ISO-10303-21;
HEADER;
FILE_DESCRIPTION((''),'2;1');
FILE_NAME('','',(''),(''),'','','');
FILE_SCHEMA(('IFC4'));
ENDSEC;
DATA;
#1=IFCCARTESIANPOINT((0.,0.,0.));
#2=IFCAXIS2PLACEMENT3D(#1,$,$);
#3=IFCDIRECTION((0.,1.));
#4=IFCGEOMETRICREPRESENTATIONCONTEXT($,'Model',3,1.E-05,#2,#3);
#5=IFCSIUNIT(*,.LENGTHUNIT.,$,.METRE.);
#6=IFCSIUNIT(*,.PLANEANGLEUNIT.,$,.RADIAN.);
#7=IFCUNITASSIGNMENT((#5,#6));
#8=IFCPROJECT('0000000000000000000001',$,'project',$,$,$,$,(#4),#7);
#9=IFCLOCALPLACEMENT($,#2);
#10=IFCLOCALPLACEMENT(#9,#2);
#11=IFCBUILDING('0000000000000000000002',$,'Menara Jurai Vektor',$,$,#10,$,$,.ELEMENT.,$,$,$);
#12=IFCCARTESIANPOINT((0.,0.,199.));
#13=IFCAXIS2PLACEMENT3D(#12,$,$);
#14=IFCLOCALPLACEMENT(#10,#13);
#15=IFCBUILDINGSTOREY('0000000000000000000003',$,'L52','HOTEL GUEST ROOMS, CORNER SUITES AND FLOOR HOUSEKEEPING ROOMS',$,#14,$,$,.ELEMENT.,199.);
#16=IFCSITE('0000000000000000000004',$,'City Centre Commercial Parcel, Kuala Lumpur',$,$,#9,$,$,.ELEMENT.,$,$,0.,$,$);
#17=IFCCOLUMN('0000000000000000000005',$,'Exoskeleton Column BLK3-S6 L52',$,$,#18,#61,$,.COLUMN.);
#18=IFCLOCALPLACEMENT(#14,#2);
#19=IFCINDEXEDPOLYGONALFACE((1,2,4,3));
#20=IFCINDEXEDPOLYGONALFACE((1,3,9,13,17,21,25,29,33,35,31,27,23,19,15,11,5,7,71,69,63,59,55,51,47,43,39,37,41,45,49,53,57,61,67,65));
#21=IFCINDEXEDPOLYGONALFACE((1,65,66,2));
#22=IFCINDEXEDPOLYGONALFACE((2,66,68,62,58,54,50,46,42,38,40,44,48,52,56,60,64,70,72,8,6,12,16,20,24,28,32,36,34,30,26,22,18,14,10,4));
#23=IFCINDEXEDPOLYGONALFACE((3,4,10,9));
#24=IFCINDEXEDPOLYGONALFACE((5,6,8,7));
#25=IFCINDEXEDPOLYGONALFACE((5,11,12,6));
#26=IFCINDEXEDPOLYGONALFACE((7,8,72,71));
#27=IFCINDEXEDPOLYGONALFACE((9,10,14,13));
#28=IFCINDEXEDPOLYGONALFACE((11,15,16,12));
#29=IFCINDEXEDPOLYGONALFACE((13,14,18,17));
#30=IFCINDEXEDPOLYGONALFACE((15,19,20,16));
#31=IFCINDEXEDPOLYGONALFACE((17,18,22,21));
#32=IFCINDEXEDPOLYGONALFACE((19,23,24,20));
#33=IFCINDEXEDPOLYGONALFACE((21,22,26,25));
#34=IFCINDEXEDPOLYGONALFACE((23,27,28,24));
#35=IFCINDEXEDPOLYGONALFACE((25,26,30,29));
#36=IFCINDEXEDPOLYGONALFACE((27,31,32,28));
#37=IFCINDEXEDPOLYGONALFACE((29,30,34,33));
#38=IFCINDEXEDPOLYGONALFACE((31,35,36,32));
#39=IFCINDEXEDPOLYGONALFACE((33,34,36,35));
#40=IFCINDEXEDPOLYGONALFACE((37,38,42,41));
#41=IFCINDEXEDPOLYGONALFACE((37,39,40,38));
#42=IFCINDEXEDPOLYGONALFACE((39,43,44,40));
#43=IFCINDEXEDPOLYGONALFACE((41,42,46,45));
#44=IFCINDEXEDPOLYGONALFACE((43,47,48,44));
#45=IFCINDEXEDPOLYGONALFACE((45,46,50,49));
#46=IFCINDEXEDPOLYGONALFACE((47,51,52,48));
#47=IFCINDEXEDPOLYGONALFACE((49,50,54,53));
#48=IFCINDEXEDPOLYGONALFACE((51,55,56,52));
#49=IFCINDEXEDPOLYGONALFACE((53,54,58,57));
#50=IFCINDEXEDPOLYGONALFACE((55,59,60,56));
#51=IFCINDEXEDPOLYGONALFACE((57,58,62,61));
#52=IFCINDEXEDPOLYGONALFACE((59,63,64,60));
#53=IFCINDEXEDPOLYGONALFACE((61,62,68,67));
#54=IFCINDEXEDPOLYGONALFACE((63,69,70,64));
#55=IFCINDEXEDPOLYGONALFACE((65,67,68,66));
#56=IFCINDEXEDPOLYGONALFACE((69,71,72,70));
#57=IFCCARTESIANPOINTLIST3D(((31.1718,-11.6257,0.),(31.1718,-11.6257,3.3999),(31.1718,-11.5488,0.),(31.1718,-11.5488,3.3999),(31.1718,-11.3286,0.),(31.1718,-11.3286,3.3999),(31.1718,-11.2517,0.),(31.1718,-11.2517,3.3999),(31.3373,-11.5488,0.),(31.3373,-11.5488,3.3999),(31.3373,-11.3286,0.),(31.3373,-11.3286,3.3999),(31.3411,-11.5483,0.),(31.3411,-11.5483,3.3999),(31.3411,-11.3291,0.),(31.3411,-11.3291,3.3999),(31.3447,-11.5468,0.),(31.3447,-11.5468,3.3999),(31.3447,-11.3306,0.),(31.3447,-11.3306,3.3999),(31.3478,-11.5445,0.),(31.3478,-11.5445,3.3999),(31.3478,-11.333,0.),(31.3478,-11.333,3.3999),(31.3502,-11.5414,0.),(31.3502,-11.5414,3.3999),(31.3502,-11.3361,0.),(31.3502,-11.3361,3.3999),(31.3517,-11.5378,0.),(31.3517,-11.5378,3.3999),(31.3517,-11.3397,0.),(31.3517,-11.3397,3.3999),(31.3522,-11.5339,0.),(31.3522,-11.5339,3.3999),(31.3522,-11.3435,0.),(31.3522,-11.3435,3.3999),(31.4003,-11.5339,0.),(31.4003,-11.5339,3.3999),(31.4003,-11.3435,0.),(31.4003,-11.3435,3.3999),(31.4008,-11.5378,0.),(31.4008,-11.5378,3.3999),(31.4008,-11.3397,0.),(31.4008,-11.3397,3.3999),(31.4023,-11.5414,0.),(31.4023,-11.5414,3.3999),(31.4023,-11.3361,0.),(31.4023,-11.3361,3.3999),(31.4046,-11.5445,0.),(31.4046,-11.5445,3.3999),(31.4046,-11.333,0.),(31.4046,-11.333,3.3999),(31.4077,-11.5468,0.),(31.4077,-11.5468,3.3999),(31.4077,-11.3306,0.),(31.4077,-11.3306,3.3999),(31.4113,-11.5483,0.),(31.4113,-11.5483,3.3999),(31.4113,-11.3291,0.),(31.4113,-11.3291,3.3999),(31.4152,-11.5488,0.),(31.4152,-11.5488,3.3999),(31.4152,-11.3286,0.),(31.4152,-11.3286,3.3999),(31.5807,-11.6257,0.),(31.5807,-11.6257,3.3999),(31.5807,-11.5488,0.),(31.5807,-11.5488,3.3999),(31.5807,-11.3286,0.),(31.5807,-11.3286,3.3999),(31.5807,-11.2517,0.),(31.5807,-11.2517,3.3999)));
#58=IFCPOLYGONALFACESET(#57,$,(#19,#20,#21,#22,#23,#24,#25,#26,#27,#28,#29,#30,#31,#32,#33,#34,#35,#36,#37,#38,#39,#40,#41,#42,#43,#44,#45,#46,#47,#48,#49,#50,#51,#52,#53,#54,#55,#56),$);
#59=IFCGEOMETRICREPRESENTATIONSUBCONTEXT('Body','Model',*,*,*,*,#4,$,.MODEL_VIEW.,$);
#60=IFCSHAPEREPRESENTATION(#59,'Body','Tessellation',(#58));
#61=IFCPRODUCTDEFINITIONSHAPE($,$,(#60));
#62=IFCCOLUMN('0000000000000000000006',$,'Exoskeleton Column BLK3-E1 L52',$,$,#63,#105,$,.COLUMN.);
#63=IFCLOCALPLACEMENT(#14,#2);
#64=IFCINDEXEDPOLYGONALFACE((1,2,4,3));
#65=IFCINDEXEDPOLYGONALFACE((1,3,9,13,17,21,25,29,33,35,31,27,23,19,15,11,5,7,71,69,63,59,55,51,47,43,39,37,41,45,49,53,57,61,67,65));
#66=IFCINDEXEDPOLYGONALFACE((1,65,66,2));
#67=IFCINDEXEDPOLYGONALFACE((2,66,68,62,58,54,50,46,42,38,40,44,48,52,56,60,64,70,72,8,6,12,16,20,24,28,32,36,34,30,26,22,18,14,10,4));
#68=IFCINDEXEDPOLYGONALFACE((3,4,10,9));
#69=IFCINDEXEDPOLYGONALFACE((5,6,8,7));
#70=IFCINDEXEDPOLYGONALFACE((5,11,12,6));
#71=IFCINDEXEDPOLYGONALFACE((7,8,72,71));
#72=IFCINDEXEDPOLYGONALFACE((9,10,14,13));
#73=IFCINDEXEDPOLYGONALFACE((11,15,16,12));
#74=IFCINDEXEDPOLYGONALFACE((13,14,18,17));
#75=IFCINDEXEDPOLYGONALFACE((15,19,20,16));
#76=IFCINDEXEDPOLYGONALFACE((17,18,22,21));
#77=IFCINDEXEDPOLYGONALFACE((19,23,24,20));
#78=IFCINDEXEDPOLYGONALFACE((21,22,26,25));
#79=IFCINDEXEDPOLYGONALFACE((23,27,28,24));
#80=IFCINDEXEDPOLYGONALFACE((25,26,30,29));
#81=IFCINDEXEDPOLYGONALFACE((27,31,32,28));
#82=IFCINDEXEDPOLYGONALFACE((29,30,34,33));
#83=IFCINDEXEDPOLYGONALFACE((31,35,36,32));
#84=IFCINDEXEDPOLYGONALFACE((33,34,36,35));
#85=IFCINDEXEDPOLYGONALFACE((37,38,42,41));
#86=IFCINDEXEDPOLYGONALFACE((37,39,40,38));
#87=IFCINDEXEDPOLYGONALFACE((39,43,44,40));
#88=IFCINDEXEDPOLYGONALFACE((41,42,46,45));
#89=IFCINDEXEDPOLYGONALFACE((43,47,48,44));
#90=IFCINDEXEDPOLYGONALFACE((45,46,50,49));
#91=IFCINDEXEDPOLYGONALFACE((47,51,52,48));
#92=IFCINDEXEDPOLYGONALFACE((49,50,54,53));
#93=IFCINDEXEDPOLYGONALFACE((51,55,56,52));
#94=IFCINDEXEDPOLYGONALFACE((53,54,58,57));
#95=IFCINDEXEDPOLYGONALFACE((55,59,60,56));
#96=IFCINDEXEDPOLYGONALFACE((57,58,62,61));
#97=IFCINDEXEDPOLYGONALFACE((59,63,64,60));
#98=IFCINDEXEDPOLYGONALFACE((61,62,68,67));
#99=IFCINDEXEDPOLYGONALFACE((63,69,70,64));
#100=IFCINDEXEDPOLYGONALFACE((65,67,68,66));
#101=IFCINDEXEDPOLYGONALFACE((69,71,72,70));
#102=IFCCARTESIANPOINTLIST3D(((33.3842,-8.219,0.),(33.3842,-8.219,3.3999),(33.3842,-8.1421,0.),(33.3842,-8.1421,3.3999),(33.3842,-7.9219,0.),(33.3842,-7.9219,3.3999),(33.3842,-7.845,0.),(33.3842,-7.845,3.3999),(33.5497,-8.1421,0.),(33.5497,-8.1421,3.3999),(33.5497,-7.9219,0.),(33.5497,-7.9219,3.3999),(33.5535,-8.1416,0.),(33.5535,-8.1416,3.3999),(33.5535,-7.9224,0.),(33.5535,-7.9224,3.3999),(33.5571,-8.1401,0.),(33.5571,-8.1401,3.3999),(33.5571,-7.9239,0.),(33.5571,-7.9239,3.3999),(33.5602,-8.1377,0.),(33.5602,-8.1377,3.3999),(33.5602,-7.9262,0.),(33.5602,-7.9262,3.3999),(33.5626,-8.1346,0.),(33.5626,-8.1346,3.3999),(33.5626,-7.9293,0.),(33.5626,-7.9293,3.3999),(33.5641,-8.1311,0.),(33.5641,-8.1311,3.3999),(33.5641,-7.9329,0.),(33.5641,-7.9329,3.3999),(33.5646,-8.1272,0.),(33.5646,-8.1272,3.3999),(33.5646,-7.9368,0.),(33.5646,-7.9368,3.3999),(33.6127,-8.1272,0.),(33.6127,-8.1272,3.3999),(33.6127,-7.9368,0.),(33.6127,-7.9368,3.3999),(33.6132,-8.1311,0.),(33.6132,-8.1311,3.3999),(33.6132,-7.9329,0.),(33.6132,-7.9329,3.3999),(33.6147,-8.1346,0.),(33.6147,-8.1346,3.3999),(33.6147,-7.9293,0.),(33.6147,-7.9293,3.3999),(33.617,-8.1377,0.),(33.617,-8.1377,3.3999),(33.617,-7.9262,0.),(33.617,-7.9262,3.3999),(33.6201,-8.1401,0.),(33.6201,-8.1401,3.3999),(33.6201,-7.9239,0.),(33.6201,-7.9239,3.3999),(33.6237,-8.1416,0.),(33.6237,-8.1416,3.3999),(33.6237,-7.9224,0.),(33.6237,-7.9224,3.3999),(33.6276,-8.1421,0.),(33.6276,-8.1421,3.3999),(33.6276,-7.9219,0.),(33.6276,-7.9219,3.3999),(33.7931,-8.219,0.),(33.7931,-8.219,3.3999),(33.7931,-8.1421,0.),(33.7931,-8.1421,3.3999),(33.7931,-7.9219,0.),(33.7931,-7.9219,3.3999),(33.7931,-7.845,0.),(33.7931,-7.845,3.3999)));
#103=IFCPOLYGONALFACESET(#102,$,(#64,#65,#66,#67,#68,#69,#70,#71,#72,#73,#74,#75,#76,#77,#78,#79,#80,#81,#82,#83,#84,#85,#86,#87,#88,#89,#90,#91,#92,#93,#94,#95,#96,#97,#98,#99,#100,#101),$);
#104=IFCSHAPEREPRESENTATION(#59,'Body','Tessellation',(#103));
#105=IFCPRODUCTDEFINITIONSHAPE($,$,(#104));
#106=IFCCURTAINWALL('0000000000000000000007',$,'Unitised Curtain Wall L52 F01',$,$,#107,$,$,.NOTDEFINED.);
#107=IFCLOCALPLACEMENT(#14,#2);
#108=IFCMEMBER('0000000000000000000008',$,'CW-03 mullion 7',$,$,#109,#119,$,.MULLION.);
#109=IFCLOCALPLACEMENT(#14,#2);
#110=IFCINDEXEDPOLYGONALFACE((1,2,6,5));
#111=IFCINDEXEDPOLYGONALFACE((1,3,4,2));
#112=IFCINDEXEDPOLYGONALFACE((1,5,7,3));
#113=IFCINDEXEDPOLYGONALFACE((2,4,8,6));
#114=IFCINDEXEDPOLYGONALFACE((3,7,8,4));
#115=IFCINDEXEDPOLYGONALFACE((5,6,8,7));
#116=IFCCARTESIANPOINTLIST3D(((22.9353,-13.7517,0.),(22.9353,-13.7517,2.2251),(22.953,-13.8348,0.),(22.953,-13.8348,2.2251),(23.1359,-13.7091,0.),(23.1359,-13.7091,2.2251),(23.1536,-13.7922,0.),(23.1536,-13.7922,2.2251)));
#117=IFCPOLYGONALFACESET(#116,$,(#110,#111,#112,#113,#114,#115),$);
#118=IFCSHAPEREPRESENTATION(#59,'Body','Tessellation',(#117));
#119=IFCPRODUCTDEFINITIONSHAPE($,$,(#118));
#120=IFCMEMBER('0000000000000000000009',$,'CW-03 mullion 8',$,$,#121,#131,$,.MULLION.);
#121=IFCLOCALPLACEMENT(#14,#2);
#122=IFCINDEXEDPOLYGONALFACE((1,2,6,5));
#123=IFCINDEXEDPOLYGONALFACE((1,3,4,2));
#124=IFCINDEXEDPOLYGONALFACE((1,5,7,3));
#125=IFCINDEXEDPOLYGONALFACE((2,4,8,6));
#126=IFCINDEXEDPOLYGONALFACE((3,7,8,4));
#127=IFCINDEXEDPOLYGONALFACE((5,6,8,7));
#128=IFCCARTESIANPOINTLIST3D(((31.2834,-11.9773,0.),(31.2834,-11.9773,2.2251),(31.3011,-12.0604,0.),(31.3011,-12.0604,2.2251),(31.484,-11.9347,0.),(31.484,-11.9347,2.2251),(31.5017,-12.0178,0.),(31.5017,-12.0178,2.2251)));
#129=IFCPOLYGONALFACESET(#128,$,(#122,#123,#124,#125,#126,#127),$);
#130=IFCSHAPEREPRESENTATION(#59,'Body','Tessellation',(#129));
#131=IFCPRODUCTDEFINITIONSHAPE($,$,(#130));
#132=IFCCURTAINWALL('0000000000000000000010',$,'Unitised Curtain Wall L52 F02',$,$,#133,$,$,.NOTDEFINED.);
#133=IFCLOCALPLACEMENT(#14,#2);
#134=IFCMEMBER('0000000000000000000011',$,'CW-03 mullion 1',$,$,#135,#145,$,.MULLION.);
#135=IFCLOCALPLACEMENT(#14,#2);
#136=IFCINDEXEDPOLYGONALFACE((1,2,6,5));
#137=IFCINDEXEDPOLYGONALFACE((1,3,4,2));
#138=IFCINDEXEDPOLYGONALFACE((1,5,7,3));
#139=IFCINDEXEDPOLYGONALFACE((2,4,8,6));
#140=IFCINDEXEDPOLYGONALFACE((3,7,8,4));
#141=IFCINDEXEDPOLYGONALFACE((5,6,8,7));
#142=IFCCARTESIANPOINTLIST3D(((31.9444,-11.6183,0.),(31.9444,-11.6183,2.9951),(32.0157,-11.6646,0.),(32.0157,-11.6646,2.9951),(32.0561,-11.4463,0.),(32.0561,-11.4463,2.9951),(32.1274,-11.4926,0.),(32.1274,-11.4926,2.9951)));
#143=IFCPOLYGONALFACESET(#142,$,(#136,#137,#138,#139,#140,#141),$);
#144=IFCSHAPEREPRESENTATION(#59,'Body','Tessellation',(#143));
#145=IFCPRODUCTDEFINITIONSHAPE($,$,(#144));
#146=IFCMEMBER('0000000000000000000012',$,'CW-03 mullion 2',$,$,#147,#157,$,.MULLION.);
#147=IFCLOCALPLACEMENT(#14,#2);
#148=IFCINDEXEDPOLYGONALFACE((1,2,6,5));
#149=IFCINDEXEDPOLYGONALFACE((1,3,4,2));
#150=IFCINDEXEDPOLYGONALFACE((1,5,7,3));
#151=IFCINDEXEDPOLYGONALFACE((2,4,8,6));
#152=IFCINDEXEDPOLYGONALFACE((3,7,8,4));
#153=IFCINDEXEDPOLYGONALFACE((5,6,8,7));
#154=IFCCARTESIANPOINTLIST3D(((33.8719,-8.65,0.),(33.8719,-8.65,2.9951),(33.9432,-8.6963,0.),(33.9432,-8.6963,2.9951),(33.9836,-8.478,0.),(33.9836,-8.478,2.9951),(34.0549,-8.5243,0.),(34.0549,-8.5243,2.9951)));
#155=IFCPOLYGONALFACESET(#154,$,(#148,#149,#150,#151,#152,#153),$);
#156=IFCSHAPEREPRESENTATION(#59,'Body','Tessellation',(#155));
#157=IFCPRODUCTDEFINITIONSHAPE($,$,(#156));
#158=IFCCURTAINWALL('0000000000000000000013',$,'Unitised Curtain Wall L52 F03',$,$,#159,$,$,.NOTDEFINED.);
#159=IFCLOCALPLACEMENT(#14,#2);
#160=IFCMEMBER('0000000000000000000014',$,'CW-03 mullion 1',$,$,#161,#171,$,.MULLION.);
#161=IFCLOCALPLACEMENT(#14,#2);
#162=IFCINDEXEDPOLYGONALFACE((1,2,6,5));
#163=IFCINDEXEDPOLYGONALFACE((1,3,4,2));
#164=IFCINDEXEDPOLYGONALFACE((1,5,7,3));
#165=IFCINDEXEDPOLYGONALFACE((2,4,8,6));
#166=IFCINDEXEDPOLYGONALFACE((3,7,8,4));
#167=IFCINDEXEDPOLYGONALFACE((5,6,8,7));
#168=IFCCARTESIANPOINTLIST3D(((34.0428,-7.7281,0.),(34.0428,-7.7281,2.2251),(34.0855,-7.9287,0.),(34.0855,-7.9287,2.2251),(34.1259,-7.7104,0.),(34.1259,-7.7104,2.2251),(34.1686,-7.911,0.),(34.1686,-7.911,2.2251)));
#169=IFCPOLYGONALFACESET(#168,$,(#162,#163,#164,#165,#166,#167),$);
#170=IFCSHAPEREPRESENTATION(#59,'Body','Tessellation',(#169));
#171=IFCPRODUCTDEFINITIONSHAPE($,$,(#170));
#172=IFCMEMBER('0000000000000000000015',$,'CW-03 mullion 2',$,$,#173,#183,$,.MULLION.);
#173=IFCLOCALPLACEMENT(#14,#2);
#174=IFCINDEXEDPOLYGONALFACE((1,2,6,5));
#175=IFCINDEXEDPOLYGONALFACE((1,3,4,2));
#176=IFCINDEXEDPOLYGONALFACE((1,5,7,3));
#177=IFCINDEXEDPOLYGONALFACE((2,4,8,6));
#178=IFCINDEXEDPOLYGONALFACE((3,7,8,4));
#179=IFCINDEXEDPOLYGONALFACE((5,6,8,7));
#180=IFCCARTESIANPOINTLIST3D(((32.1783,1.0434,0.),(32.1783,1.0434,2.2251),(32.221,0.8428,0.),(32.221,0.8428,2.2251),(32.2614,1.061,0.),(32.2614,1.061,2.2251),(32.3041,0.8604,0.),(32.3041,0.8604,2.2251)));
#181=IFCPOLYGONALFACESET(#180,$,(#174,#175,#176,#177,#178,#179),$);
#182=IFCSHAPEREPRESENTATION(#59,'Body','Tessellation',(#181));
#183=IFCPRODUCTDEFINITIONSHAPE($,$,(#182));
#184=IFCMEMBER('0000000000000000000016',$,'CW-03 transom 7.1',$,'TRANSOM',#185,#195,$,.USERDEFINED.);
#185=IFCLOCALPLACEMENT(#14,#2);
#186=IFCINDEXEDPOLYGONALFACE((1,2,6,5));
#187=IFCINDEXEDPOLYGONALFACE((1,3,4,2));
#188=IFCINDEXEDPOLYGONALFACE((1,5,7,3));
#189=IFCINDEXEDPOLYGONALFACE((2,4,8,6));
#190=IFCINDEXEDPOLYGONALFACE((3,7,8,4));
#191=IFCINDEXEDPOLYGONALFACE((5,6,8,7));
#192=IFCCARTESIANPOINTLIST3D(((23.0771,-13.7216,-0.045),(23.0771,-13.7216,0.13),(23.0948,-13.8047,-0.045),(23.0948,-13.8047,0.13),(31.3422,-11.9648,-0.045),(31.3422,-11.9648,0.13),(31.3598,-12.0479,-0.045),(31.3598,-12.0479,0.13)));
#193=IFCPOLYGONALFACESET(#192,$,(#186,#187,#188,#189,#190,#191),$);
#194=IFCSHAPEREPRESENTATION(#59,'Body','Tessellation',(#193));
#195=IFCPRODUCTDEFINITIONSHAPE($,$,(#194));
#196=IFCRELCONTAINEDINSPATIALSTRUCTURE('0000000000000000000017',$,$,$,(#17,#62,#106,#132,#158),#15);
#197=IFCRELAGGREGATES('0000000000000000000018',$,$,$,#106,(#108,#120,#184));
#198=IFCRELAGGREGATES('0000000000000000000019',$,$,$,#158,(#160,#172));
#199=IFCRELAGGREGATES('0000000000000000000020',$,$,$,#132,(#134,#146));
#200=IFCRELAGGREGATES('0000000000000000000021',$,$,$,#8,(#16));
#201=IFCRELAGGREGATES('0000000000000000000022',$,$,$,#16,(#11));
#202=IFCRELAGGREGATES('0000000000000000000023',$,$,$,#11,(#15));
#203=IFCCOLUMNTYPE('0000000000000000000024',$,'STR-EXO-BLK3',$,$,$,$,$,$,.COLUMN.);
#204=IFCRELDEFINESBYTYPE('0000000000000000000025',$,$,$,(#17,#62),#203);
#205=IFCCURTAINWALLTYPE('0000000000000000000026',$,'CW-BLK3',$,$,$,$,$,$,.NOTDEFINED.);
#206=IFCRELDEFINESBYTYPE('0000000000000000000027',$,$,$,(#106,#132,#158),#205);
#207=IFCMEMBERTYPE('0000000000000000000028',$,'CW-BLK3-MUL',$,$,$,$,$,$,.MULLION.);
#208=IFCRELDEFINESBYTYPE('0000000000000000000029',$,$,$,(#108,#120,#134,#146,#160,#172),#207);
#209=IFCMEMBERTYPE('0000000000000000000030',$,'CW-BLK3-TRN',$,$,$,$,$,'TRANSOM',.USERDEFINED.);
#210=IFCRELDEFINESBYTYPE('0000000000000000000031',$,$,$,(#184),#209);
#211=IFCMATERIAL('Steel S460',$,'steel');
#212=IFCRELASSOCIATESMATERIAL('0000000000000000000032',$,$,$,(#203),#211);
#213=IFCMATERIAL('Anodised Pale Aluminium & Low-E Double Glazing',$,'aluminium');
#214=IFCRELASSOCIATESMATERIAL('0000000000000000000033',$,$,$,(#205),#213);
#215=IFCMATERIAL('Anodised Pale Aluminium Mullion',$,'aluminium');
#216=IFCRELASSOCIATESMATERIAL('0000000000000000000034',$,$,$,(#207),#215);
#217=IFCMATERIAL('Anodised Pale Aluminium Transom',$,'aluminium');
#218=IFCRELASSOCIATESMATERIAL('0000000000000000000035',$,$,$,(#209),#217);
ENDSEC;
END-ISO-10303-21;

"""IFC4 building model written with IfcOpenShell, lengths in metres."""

from ifc_helpers import new_model, si_unit, direction, frame, origin, origin_2d, place, context, subcontext, project, spatial, rectangle, i_section, extrude, material, material_profile, profile_set, type_object, element, aggregate, save


model = new_model("IFC4")

# Units and contexts
model_context = context("Model", 3, precision=1e-05, world=origin(), true_north=direction((0.0, 1.0)))
body_context = subcontext(model_context, "Body", "Model", "MODEL_VIEW")
ifc_project = project(units=[si_unit("LENGTHUNIT", "METRE"), si_unit("PLANEANGLEUNIT", "RADIAN")], contexts=[model_context])

# Site, building, storey
site_placement = place(None, origin())
site = spatial("IfcSite", under=ifc_project, at=site_placement, Name="City Centre Commercial Parcel, Kuala Lumpur", CompositionType="ELEMENT", RefElevation=0.0)
building_placement = place(site_placement, origin())
building = spatial("IfcBuilding", under=site, at=building_placement, Name="Menara Jurai Vektor", CompositionType="ELEMENT")
storey_placement = place(building_placement, frame((0.0, 0.0, 199.0)))
storey = spatial("IfcBuildingStorey", under=building, at=storey_placement, Name="L52", Description="HOTEL GUEST ROOMS, CORNER SUITES AND FLOOR HOUSEKEEPING ROOMS", CompositionType="ELEMENT", Elevation=199.0)

# Columns
ifc_material_1 = material(Name="Steel S460", Category="steel")
ifc_material_profile_1 = material_profile(ifc_material_1, i_section(OverallWidth=0.4089, OverallDepth=0.374, WebThickness=0.0481, FlangeThickness=0.0769, FilletRadius=0.0149, at=origin_2d()), Name="HD 400x634")
ifc_profile_set_1 = profile_set([ifc_material_profile_1], Name="Steel S460")
column_type = type_object("IfcColumnType", Name="STR-EXO-BLK3", PredefinedType="COLUMN", material=ifc_profile_set_1)
for number, where, z_axis, x_axis, name in (
    (1, (31.3762, -11.4387, 0.0), (0.0, 0.0, 1.0), (1.0, 0.0, 0.0), "Exoskeleton Column BLK3-S6 L52"),
    (2, (33.5886, -8.032, 0.0), (0.0, 0.0, 1.0), (1.0, 0.0, 0.0), "Exoskeleton Column BLK3-E1 L52"),
):
    element("IfcColumn", number, at=place(storey_placement, frame(where, z_axis=z_axis, x_axis=x_axis)), inside=storey, type_object=column_type, Name=name, PredefinedType="COLUMN", context=body_context, shape_type="SweptSolid", body=[
        extrude(i_section(OverallWidth=0.4089, OverallDepth=0.374, WebThickness=0.0481, FlangeThickness=0.0769, FilletRadius=0.0149, at=origin_2d()), origin(), (0.0, 0.0, 1.0), 3.3999),
    ])

# Curtain walls, members
ifc_material_2 = material(Name="Anodised Pale Aluminium & Low-E Double Glazing", Category="aluminium")
curtain_wall_type = type_object("IfcCurtainWallType", Name="CW-BLK3", PredefinedType="NOTDEFINED", material=ifc_material_2)
curtain_wall_1_placement = place(storey_placement, origin())
curtain_wall_1 = element("IfcCurtainWall", 3, at=curtain_wall_1_placement, inside=storey, type_object=curtain_wall_type, Name="Unitised Curtain Wall L52 F01", PredefinedType="NOTDEFINED")
ifc_material_3 = material(Name="Anodised Pale Aluminium Mullion", Category="aluminium")
ifc_material_profile_2 = material_profile(ifc_material_3, rectangle(XDim=0.085, YDim=0.2051, at=origin_2d()), Name="ALU MUL 85x205")
ifc_profile_set_2 = profile_set([ifc_material_profile_2], Name="Anodised Pale Aluminium Mullion")
member_type_1 = type_object("IfcMemberType", Name="CW-BLK3-MUL", PredefinedType="MULLION", material=ifc_profile_set_2)
member_1_placement = place(storey_placement, frame((23.0444, -13.772, 0.0), z_axis=(0.0, 0.0, 1.0), x_axis=(-0.207911, 0.978148, 0.0)))
member_1 = element("IfcMember", 4, at=member_1_placement, type_object=member_type_1, Name="CW-03 mullion 7", PredefinedType="MULLION", context=body_context, shape_type="SweptSolid", body=[
    extrude(rectangle(XDim=0.085, YDim=0.2051, at=origin_2d()), origin(), (0.0, 0.0, 1.0), 2.2251),
])
member_2_placement = place(storey_placement, frame((31.3926, -11.9976, 0.0), z_axis=(0.0, 0.0, 1.0), x_axis=(-0.207911, 0.978148, 0.0)))
member_2 = element("IfcMember", 5, at=member_2_placement, type_object=member_type_1, Name="CW-03 mullion 8", PredefinedType="MULLION", context=body_context, shape_type="SweptSolid", body=[
    extrude(rectangle(XDim=0.085, YDim=0.2051, at=origin_2d()), origin(), (0.0, 0.0, 1.0), 2.2251),
])
curtain_wall_2_placement = place(storey_placement, origin())
curtain_wall_2 = element("IfcCurtainWall", 6, at=curtain_wall_2_placement, inside=storey, type_object=curtain_wall_type, Name="Unitised Curtain Wall L52 F02", PredefinedType="NOTDEFINED")
member_3_placement = place(storey_placement, frame((32.0359, -11.5554, 0.0), z_axis=(0.0, 0.0, 1.0), x_axis=(-0.838684, 0.544618, 0.0)))
member_3 = element("IfcMember", 7, at=member_3_placement, type_object=member_type_1, Name="CW-03 mullion 1", PredefinedType="MULLION", context=body_context, shape_type="SweptSolid", body=[
    extrude(rectangle(XDim=0.085, YDim=0.2051, at=origin_2d()), origin(), (0.0, 0.0, 1.0), 2.9951),
])
member_4_placement = place(storey_placement, frame((33.9634, -8.5872, 0.0), z_axis=(0.0, 0.0, 1.0), x_axis=(-0.838684, 0.544618, 0.0)))
member_4 = element("IfcMember", 8, at=member_4_placement, type_object=member_type_1, Name="CW-03 mullion 2", PredefinedType="MULLION", context=body_context, shape_type="SweptSolid", body=[
    extrude(rectangle(XDim=0.085, YDim=0.2051, at=origin_2d()), origin(), (0.0, 0.0, 1.0), 2.9951),
])
curtain_wall_3_placement = place(storey_placement, origin())
curtain_wall_3 = element("IfcCurtainWall", 9, at=curtain_wall_3_placement, inside=storey, type_object=curtain_wall_type, Name="Unitised Curtain Wall L52 F03", PredefinedType="NOTDEFINED")
member_5_placement = place(storey_placement, frame((34.1057, -7.8196, 0.0), z_axis=(0.0, 0.0, 1.0), x_axis=(-0.978148, -0.20791, 0.0)))
member_5 = element("IfcMember", 10, at=member_5_placement, type_object=member_type_1, Name="CW-03 mullion 1", PredefinedType="MULLION", context=body_context, shape_type="SweptSolid", body=[
    extrude(rectangle(XDim=0.085, YDim=0.2051, at=origin_2d()), origin(), (0.0, 0.0, 1.0), 2.2251),
])
member_6_placement = place(storey_placement, frame((32.2412, 0.9519, 0.0), z_axis=(0.0, 0.0, 1.0), x_axis=(-0.978148, -0.20791, 0.0)))
member_6 = element("IfcMember", 11, at=member_6_placement, type_object=member_type_1, Name="CW-03 mullion 2", PredefinedType="MULLION", context=body_context, shape_type="SweptSolid", body=[
    extrude(rectangle(XDim=0.085, YDim=0.2051, at=origin_2d()), origin(), (0.0, 0.0, 1.0), 2.2251),
])

# Member
ifc_material_4 = material(Name="Anodised Pale Aluminium Transom", Category="aluminium")
ifc_material_profile_3 = material_profile(ifc_material_4, rectangle(XDim=0.085, YDim=0.175, at=origin_2d()), Name="ALU TRN 85x175")
ifc_profile_set_3 = profile_set([ifc_material_profile_3], Name="Anodised Pale Aluminium Transom")
member_type_2 = type_object("IfcMemberType", Name="CW-BLK3-TRN", ElementType="TRANSOM", PredefinedType="USERDEFINED", material=ifc_profile_set_3)
member_7_placement = place(storey_placement, frame((23.0859, -13.7632, 0.0425), z_axis=(0.978147, 0.207915, 0.0), x_axis=(-0.207915, 0.978147, 0.0)))
member_7 = element("IfcMember", 12, at=member_7_placement, type_object=member_type_2, Name="CW-03 transom 7.1", ObjectType="TRANSOM", PredefinedType="USERDEFINED", context=body_context, shape_type="SweptSolid", body=[
    extrude(rectangle(XDim=0.085, YDim=0.175, at=origin_2d()), origin(), (0.0, 0.0, 1.0), 8.4497),
])

aggregate(curtain_wall_1, [member_1, member_2, member_7])
aggregate(curtain_wall_3, [member_5, member_6])
aggregate(curtain_wall_2, [member_3, member_4])

save(model, "model.ifc")
